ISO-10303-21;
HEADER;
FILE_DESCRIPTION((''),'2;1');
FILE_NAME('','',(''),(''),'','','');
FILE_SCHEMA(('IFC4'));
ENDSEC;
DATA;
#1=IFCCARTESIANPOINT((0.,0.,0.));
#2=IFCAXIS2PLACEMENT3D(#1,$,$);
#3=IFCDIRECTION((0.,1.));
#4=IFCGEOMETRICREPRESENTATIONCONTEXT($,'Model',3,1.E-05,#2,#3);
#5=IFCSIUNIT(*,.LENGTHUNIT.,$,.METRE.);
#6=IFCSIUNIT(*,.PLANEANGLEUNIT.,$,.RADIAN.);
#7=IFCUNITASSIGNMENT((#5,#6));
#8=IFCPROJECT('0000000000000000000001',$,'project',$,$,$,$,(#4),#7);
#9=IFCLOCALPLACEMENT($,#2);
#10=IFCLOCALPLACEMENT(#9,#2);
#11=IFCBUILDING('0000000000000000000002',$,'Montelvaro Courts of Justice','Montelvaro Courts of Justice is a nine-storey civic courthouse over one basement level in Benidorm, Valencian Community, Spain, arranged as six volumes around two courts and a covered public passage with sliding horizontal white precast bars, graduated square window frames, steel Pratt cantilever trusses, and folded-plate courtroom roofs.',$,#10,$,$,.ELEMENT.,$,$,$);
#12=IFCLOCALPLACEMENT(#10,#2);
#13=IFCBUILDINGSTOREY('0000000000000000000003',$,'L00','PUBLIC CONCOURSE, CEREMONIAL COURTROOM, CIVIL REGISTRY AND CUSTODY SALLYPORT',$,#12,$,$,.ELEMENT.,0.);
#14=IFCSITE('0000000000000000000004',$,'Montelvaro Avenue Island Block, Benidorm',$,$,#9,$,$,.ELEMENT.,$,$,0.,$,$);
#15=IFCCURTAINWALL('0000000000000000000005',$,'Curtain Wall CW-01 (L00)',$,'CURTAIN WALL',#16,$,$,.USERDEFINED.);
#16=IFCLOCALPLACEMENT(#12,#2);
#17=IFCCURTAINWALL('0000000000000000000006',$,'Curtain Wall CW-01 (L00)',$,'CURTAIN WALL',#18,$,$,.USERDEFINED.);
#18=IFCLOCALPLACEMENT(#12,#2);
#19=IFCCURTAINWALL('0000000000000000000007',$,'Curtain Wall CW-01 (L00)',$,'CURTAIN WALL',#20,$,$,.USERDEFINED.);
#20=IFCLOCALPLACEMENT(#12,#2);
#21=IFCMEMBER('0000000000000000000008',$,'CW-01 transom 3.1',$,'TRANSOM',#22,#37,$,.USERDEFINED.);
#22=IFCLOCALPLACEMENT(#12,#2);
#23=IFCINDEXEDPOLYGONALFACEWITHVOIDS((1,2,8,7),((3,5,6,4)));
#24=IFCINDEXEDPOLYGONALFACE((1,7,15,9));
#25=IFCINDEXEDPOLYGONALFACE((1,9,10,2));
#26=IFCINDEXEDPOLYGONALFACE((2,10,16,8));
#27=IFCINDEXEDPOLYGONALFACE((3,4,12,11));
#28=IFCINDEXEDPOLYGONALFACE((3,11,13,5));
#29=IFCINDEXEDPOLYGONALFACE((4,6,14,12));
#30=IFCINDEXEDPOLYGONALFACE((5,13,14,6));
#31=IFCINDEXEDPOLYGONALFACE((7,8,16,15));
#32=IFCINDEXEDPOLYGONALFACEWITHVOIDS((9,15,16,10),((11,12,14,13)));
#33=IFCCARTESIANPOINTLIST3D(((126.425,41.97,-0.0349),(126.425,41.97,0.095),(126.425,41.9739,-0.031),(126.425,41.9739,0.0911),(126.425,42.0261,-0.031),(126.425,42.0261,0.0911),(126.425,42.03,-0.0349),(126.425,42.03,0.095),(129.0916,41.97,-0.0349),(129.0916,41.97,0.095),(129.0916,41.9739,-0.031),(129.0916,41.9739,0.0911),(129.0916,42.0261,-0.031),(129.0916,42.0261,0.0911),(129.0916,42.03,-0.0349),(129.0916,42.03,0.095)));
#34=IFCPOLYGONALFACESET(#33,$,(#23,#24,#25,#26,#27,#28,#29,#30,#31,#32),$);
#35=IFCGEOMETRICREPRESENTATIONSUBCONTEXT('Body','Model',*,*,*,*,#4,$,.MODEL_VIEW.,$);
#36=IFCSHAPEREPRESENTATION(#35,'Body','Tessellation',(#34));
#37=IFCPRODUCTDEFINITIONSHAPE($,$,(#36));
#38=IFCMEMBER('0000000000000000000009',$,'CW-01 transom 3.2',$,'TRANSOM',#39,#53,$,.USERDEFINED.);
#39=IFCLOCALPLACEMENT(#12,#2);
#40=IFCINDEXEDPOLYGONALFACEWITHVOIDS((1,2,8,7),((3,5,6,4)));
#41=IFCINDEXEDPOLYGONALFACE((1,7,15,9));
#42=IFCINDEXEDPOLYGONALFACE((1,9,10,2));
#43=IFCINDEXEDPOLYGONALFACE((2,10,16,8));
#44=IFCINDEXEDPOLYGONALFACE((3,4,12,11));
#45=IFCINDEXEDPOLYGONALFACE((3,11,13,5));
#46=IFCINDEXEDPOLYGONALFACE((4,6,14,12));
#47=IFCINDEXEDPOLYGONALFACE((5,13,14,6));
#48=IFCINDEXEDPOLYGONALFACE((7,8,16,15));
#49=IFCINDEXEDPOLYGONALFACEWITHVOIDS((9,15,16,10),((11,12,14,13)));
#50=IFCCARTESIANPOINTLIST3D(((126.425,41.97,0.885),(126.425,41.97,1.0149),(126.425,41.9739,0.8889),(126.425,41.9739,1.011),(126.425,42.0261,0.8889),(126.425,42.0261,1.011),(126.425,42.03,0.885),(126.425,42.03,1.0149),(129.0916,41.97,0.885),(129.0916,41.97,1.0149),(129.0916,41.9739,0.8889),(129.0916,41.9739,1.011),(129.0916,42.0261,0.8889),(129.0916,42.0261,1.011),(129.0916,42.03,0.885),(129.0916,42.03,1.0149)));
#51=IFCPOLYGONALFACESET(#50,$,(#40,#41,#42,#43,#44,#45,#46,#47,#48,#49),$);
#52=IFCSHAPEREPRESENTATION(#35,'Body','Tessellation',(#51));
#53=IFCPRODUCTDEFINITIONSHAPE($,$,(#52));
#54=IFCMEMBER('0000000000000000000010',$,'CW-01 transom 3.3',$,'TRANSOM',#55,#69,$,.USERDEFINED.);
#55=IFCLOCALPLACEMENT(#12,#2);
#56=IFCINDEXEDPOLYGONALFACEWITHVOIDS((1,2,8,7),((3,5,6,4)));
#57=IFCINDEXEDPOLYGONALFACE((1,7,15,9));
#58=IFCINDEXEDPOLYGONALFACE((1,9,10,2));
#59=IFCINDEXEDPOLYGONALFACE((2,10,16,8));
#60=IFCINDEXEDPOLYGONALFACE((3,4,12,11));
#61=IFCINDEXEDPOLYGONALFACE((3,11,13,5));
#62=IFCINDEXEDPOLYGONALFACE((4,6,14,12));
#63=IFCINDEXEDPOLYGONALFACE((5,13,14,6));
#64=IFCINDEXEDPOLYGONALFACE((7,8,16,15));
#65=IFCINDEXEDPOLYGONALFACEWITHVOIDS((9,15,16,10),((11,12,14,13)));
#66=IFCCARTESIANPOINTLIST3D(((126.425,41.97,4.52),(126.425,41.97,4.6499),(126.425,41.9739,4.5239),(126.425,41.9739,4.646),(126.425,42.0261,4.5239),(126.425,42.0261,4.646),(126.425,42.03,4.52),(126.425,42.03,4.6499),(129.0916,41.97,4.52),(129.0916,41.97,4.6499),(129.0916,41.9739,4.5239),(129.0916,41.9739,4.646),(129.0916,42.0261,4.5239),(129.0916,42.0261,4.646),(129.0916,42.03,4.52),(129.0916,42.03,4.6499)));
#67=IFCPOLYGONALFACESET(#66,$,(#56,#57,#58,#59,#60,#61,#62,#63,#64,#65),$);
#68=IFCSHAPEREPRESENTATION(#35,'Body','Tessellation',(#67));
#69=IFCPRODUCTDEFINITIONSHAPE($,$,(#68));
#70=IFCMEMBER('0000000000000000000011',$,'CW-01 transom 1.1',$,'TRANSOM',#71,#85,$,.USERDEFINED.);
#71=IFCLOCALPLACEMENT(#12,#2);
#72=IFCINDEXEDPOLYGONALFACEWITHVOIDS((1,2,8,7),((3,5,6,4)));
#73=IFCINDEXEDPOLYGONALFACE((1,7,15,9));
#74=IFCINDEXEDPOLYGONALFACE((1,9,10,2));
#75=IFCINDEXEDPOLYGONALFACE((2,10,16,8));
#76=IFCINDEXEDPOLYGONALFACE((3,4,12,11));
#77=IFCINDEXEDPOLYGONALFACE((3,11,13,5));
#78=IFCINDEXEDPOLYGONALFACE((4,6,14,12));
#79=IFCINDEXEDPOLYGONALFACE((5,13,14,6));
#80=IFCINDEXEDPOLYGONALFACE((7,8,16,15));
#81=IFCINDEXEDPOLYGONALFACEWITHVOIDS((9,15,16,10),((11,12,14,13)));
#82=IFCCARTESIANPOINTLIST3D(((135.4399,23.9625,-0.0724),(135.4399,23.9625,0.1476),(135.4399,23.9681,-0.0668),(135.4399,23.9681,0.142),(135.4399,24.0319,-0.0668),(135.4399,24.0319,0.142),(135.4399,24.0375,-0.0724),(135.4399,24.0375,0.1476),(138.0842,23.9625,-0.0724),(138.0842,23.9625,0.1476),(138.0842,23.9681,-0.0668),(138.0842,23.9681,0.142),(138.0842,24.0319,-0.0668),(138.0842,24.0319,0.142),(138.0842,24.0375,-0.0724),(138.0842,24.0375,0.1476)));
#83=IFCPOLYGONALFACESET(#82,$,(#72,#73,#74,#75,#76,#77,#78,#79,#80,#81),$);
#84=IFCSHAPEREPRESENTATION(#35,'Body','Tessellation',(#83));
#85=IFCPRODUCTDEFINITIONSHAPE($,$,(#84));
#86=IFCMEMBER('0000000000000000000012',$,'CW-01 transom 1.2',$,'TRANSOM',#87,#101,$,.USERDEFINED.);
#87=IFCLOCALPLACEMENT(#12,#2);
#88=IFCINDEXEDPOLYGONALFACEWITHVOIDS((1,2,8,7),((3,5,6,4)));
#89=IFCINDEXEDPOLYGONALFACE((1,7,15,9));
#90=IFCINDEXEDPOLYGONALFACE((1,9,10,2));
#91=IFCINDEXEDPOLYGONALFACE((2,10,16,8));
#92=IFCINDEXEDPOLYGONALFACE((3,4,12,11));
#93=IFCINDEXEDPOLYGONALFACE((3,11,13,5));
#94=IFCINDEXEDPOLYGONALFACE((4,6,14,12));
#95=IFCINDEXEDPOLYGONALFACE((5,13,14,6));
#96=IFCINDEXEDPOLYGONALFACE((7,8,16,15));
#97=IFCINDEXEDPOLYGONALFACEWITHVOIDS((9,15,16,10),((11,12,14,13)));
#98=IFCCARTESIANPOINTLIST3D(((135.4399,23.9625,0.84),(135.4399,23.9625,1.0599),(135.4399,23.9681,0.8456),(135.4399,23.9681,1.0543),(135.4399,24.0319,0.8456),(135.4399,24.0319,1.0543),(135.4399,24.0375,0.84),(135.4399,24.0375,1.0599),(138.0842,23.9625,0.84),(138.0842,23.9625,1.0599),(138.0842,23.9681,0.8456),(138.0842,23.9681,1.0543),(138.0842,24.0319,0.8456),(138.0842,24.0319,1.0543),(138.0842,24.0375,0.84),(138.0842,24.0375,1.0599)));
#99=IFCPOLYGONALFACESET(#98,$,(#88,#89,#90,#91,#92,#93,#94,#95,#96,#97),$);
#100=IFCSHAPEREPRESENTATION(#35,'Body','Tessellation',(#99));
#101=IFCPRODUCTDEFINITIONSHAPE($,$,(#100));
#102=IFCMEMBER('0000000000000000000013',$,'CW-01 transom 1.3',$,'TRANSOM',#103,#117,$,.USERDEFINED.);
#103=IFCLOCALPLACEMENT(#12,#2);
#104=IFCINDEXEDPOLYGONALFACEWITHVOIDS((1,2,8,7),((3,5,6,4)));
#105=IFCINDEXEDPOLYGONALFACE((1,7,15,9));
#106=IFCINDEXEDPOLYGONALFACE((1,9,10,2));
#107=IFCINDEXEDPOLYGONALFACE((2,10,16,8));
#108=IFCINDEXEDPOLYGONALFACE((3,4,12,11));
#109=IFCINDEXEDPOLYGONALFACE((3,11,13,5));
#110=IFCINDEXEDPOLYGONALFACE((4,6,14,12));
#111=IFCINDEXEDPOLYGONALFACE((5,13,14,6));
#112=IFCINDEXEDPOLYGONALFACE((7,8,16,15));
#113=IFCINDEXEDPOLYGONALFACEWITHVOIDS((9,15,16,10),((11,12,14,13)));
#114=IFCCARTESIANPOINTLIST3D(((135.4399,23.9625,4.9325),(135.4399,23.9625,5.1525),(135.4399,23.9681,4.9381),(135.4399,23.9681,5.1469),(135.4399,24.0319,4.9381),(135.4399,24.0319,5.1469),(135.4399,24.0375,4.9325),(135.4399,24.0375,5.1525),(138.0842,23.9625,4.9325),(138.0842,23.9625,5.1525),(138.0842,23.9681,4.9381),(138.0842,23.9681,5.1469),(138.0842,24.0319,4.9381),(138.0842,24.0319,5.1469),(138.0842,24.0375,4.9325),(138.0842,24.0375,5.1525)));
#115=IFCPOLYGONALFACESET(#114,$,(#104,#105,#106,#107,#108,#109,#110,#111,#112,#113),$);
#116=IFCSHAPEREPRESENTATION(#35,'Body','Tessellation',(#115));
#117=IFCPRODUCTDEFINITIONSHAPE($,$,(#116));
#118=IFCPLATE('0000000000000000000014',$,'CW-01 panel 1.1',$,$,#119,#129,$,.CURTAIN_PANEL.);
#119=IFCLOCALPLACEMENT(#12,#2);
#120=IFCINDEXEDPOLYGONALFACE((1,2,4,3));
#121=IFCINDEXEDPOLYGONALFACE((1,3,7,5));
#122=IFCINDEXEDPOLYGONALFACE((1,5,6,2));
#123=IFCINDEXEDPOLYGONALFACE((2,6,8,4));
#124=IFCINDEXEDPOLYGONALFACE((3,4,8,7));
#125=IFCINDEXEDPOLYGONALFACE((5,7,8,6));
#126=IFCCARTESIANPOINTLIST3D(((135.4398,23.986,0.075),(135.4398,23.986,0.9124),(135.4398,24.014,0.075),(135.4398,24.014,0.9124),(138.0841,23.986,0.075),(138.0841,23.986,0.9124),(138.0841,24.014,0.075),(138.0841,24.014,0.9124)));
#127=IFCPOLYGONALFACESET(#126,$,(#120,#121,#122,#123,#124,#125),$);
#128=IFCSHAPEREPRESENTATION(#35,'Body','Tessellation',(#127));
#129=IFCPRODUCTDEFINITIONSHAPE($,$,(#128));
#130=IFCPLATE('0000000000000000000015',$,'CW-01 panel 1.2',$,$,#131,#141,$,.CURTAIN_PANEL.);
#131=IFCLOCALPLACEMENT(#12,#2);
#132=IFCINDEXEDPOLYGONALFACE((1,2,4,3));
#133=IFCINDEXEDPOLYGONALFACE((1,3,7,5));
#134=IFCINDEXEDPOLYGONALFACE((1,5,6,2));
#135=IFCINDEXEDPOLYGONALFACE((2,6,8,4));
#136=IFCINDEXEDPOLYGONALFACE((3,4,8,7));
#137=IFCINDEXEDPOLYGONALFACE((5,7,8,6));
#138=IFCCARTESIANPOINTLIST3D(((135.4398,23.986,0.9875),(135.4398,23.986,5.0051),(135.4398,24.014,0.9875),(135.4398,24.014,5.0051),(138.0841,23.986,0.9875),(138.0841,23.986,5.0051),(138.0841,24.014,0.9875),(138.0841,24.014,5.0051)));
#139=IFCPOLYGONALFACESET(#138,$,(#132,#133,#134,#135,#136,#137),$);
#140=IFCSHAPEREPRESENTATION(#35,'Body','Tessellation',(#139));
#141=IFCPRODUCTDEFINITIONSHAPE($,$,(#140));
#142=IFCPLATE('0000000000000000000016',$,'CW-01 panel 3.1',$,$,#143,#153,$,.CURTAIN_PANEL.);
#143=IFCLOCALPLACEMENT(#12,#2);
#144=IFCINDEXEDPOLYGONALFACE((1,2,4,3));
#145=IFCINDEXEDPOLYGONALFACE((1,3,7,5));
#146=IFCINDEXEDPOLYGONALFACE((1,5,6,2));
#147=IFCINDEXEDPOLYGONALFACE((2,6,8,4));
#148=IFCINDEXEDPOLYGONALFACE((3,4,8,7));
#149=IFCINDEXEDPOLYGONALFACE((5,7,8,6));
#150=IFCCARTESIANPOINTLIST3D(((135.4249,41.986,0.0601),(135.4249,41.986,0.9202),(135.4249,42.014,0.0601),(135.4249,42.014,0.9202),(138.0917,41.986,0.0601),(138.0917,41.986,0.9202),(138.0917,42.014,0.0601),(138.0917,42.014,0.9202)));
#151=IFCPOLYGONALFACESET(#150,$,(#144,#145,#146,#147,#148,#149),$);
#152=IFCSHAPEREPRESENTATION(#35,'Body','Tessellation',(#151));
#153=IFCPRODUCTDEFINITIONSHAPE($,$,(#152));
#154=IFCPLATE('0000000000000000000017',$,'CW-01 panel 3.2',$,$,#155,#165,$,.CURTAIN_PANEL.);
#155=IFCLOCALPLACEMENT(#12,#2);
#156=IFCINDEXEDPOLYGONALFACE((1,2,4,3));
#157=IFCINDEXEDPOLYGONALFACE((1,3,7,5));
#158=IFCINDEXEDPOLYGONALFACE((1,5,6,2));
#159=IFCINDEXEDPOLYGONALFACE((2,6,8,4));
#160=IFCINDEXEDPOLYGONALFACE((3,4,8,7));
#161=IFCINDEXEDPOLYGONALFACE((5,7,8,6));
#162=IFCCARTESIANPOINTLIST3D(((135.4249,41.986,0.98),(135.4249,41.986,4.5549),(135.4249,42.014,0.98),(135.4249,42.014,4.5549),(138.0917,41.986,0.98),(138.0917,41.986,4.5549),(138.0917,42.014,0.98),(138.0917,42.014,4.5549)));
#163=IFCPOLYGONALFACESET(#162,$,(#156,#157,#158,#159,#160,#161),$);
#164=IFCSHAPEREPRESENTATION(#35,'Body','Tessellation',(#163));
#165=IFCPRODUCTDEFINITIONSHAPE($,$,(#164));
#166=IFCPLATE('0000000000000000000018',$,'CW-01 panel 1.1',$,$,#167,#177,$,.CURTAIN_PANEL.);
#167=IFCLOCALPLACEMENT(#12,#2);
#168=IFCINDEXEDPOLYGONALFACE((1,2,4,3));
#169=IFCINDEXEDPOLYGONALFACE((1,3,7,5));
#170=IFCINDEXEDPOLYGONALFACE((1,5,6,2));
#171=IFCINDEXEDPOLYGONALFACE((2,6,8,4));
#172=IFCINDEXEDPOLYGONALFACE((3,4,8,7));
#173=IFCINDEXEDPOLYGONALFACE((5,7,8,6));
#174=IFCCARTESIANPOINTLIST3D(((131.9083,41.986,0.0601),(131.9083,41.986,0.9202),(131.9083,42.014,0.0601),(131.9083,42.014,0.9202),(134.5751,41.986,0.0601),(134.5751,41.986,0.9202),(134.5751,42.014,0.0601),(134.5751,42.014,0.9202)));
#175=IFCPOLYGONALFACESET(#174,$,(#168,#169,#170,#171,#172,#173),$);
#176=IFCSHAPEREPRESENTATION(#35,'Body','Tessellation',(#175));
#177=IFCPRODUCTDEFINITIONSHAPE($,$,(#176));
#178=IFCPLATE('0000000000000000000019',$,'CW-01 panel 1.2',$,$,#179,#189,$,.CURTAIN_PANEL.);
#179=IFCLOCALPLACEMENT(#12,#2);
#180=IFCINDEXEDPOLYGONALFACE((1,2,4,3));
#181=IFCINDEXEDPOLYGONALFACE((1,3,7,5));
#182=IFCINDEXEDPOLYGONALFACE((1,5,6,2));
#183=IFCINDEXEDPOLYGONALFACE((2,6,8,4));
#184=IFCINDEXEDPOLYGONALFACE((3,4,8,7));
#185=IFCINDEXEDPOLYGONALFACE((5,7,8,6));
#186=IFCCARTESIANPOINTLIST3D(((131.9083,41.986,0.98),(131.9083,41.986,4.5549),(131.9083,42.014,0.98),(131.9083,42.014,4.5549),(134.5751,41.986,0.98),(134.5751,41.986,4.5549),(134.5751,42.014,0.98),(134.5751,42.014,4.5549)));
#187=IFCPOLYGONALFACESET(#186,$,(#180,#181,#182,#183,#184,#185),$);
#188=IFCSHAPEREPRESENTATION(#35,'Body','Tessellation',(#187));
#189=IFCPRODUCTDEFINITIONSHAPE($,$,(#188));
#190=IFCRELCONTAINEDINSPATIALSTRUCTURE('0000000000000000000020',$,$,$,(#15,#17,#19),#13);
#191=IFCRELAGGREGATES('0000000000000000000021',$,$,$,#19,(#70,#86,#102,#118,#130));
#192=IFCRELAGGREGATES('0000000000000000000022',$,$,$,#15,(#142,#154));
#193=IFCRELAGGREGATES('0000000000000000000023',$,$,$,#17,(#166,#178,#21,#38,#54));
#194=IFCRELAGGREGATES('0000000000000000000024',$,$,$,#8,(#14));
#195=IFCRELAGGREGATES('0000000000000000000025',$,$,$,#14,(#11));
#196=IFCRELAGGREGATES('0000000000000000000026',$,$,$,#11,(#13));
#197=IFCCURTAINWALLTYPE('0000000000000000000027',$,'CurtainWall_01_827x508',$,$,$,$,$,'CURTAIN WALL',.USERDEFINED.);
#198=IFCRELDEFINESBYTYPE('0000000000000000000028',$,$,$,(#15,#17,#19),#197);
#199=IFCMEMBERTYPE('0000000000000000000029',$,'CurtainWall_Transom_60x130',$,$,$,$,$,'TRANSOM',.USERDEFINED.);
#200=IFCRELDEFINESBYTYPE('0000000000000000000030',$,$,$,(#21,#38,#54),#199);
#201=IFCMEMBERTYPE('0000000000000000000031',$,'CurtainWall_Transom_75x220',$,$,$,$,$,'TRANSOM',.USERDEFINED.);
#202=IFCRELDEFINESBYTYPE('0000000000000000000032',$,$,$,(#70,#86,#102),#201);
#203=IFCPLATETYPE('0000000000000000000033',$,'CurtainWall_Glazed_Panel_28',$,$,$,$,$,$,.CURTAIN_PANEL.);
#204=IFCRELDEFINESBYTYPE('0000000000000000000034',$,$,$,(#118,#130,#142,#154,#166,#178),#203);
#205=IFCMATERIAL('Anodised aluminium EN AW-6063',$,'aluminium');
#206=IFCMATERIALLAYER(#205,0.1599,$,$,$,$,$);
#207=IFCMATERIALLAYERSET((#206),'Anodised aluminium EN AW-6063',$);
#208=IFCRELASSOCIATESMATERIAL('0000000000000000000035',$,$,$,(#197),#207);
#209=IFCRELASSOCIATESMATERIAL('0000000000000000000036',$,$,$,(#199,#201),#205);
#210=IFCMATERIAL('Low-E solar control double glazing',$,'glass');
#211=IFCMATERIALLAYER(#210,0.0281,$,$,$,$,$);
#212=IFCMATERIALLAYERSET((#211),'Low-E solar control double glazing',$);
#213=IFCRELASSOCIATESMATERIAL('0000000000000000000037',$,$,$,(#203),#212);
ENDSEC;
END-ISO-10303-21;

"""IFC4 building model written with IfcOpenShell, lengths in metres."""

from ifc_helpers import new_model, si_unit, direction, frame, origin, origin_2d, place, context, subcontext, project, spatial, rectangle, hollow_rectangle, extrude, material, layer, layer_set, material_profile, profile_set, type_object, element, aggregate, save


model = new_model("IFC4")

# Units and contexts
model_context = context("Model", 3, precision=1e-05, world=origin(), true_north=direction((0.0, 1.0)))
body_context = subcontext(model_context, "Body", "Model", "MODEL_VIEW")
ifc_project = project(units=[si_unit("LENGTHUNIT", "METRE"), si_unit("PLANEANGLEUNIT", "RADIAN")], contexts=[model_context])

# Site, building, storey
site_placement = place(None, origin())
site = spatial("IfcSite", under=ifc_project, at=site_placement, Name="Montelvaro Avenue Island Block, Benidorm", CompositionType="ELEMENT", RefElevation=0.0)
building_placement = place(site_placement, origin())
building = spatial("IfcBuilding", under=site, at=building_placement, Name="Montelvaro Courts of Justice", Description="Montelvaro Courts of Justice is a nine-storey civic courthouse over one basement level in Benidorm, Valencian Community, Spain, arranged as six volumes around two courts and a covered public passage with sliding horizontal white precast bars, graduated square window frames, steel Pratt cantilever trusses, and folded-plate courtroom roofs.", CompositionType="ELEMENT")
storey_placement = place(building_placement, origin())
storey = spatial("IfcBuildingStorey", under=building, at=storey_placement, Name="L00", Description="PUBLIC CONCOURSE, CEREMONIAL COURTROOM, CIVIL REGISTRY AND CUSTODY SALLYPORT", CompositionType="ELEMENT", Elevation=0.0)

# Curtain wall
ifc_material_1 = material(Name="Anodised aluminium EN AW-6063", Category="aluminium")
ifc_layer_1 = layer(ifc_material_1, 0.1599)
ifc_layer_set_1 = layer_set([ifc_layer_1], Name="Anodised aluminium EN AW-6063")
curtain_wall_type = type_object("IfcCurtainWallType", Name="CurtainWall_01_827x508", ElementType="CURTAIN WALL", PredefinedType="USERDEFINED", material=ifc_layer_set_1)
curtain_wall_1_placement = place(storey_placement, origin())
curtain_wall_1 = element("IfcCurtainWall", 1, at=curtain_wall_1_placement, inside=storey, type_object=curtain_wall_type, Name="Curtain Wall CW-01 (L00)", ObjectType="CURTAIN WALL", PredefinedType="USERDEFINED")

# Curtain wall
curtain_wall_2_placement = place(storey_placement, origin())
curtain_wall_2 = element("IfcCurtainWall", 2, at=curtain_wall_2_placement, inside=storey, type_object=curtain_wall_type, Name="Curtain Wall CW-01 (L00)", ObjectType="CURTAIN WALL", PredefinedType="USERDEFINED")

# Curtain wall
curtain_wall_3_placement = place(storey_placement, origin())
curtain_wall_3 = element("IfcCurtainWall", 3, at=curtain_wall_3_placement, inside=storey, type_object=curtain_wall_type, Name="Curtain Wall CW-01 (L00)", ObjectType="CURTAIN WALL", PredefinedType="USERDEFINED")

# Members
ifc_material_profile_1 = material_profile(ifc_material_1, hollow_rectangle(XDim=0.0601, YDim=0.1299, WallThickness=0.0039, at=origin_2d()), Name="ALU-T 60x130")
ifc_profile_set_1 = profile_set([ifc_material_profile_1], Name="Anodised aluminium EN AW-6063")
member_type_1 = type_object("IfcMemberType", Name="CurtainWall_Transom_60x130", ElementType="TRANSOM", PredefinedType="USERDEFINED", material=ifc_profile_set_1)
member_1_placement = place(storey_placement, frame((129.0916, 42.0, 0.03), z_axis=(-1.0, 0.0, 0.0), x_axis=(0.0, -1.0, 0.0)))
member_1 = element("IfcMember", 4, at=member_1_placement, type_object=member_type_1, Name="CW-01 transom 3.1", ObjectType="TRANSOM", PredefinedType="USERDEFINED", context=body_context, shape_type="SweptSolid", body=[
    extrude(hollow_rectangle(XDim=0.0601, YDim=0.1299, WallThickness=0.0039, at=origin_2d()), origin(), (0.0, 0.0, 1.0), 2.6665),
])
member_2_placement = place(storey_placement, frame((129.0916, 42.0, 0.95), z_axis=(-1.0, 0.0, 0.0), x_axis=(0.0, -1.0, 0.0)))
member_2 = element("IfcMember", 5, at=member_2_placement, type_object=member_type_1, Name="CW-01 transom 3.2", ObjectType="TRANSOM", PredefinedType="USERDEFINED", context=body_context, shape_type="SweptSolid", body=[
    extrude(hollow_rectangle(XDim=0.0601, YDim=0.1299, WallThickness=0.0039, at=origin_2d()), origin(), (0.0, 0.0, 1.0), 2.6665),
])
member_3_placement = place(storey_placement, frame((129.0916, 42.0, 4.585), z_axis=(-1.0, 0.0, 0.0), x_axis=(0.0, -1.0, 0.0)))
member_3 = element("IfcMember", 6, at=member_3_placement, type_object=member_type_1, Name="CW-01 transom 3.3", ObjectType="TRANSOM", PredefinedType="USERDEFINED", context=body_context, shape_type="SweptSolid", body=[
    extrude(hollow_rectangle(XDim=0.0601, YDim=0.1299, WallThickness=0.0039, at=origin_2d()), origin(), (0.0, 0.0, 1.0), 2.6665),
])
ifc_material_profile_2 = material_profile(ifc_material_1, hollow_rectangle(XDim=0.075, YDim=0.22, WallThickness=0.0056, at=origin_2d()), Name="ALU-T 75x220")
ifc_profile_set_2 = profile_set([ifc_material_profile_2], Name="Anodised aluminium EN AW-6063")
member_type_2 = type_object("IfcMemberType", Name="CurtainWall_Transom_75x220", ElementType="TRANSOM", PredefinedType="USERDEFINED", material=ifc_profile_set_2)
member_4_placement = place(storey_placement, frame((135.4399, 24.0, 0.0376), z_axis=(1.0, 0.0, 0.0), x_axis=(0.0, 1.0, 0.0)))
member_4 = element("IfcMember", 7, at=member_4_placement, type_object=member_type_2, Name="CW-01 transom 1.1", ObjectType="TRANSOM", PredefinedType="USERDEFINED", context=body_context, shape_type="SweptSolid", body=[
    extrude(hollow_rectangle(XDim=0.075, YDim=0.22, WallThickness=0.0056, at=origin_2d()), origin(), (0.0, 0.0, 1.0), 2.6443),
])
member_5_placement = place(storey_placement, frame((135.4399, 24.0, 0.95), z_axis=(1.0, 0.0, 0.0), x_axis=(0.0, 1.0, 0.0)))
member_5 = element("IfcMember", 8, at=member_5_placement, type_object=member_type_2, Name="CW-01 transom 1.2", ObjectType="TRANSOM", PredefinedType="USERDEFINED", context=body_context, shape_type="SweptSolid", body=[
    extrude(hollow_rectangle(XDim=0.075, YDim=0.22, WallThickness=0.0056, at=origin_2d()), origin(), (0.0, 0.0, 1.0), 2.6443),
])
member_6_placement = place(storey_placement, frame((135.4399, 24.0, 5.0425), z_axis=(1.0, 0.0, 0.0), x_axis=(0.0, 1.0, 0.0)))
member_6 = element("IfcMember", 9, at=member_6_placement, type_object=member_type_2, Name="CW-01 transom 1.3", ObjectType="TRANSOM", PredefinedType="USERDEFINED", context=body_context, shape_type="SweptSolid", body=[
    extrude(hollow_rectangle(XDim=0.075, YDim=0.22, WallThickness=0.0056, at=origin_2d()), origin(), (0.0, 0.0, 1.0), 2.6443),
])

# Plates
ifc_material_2 = material(Name="Low-E solar control double glazing", Category="glass")
ifc_layer_2 = layer(ifc_material_2, 0.0281)
ifc_layer_set_2 = layer_set([ifc_layer_2], Name="Low-E solar control double glazing")
plate_type = type_object("IfcPlateType", Name="CurtainWall_Glazed_Panel_28", PredefinedType="CURTAIN_PANEL", material=ifc_layer_set_2)
plate_1_placement = place(storey_placement, frame((136.762, 24.0, 0.075), z_axis=(0.0, 0.0, 1.0), x_axis=(1.0, 0.0, 0.0)))
plate_1 = element("IfcPlate", 10, at=plate_1_placement, type_object=plate_type, Name="CW-01 panel 1.1", PredefinedType="CURTAIN_PANEL", context=body_context, shape_type="SweptSolid", body=[
    extrude(rectangle(XDim=2.6443, YDim=0.0281, at=origin_2d()), origin(), (0.0, 0.0, 1.0), 0.8374),
])
plate_2_placement = place(storey_placement, frame((136.762, 24.0, 0.9875), z_axis=(0.0, 0.0, 1.0), x_axis=(1.0, 0.0, 0.0)))
plate_2 = element("IfcPlate", 11, at=plate_2_placement, type_object=plate_type, Name="CW-01 panel 1.2", PredefinedType="CURTAIN_PANEL", context=body_context, shape_type="SweptSolid", body=[
    extrude(rectangle(XDim=2.6443, YDim=0.0281, at=origin_2d()), origin(), (0.0, 0.0, 1.0), 4.0176),
])
aggregate(curtain_wall_3, [member_4, member_5, member_6, plate_1, plate_2])
plate_3_placement = place(storey_placement, frame((136.7583, 42.0, 0.0601), z_axis=(0.0, 0.0, 1.0), x_axis=(-1.0, 0.0, 0.0)))
plate_3 = element("IfcPlate", 12, at=plate_3_placement, type_object=plate_type, Name="CW-01 panel 3.1", PredefinedType="CURTAIN_PANEL", context=body_context, shape_type="SweptSolid", body=[
    extrude(rectangle(XDim=2.6667, YDim=0.0281, at=origin_2d()), origin(), (0.0, 0.0, 1.0), 0.8601),
])
plate_4_placement = place(storey_placement, frame((136.7583, 42.0, 0.98), z_axis=(0.0, 0.0, 1.0), x_axis=(-1.0, 0.0, 0.0)))
plate_4 = element("IfcPlate", 13, at=plate_4_placement, type_object=plate_type, Name="CW-01 panel 3.2", PredefinedType="CURTAIN_PANEL", context=body_context, shape_type="SweptSolid", body=[
    extrude(rectangle(XDim=2.6667, YDim=0.0281, at=origin_2d()), origin(), (0.0, 0.0, 1.0), 3.575),
])
aggregate(curtain_wall_1, [plate_3, plate_4])
plate_5_placement = place(storey_placement, frame((133.2417, 42.0, 0.0601), z_axis=(0.0, 0.0, 1.0), x_axis=(-1.0, 0.0, 0.0)))
plate_5 = element("IfcPlate", 14, at=plate_5_placement, type_object=plate_type, Name="CW-01 panel 1.1", PredefinedType="CURTAIN_PANEL", context=body_context, shape_type="SweptSolid", body=[
    extrude(rectangle(XDim=2.6667, YDim=0.0281, at=origin_2d()), origin(), (0.0, 0.0, 1.0), 0.8601),
])
plate_6_placement = place(storey_placement, frame((133.2417, 42.0, 0.98), z_axis=(0.0, 0.0, 1.0), x_axis=(-1.0, 0.0, 0.0)))
plate_6 = element("IfcPlate", 15, at=plate_6_placement, type_object=plate_type, Name="CW-01 panel 1.2", PredefinedType="CURTAIN_PANEL", context=body_context, shape_type="SweptSolid", body=[
    extrude(rectangle(XDim=2.6667, YDim=0.0281, at=origin_2d()), origin(), (0.0, 0.0, 1.0), 3.575),
])
aggregate(curtain_wall_2, [plate_5, plate_6, member_1, member_2, member_3])

save(model, "model.ifc")
